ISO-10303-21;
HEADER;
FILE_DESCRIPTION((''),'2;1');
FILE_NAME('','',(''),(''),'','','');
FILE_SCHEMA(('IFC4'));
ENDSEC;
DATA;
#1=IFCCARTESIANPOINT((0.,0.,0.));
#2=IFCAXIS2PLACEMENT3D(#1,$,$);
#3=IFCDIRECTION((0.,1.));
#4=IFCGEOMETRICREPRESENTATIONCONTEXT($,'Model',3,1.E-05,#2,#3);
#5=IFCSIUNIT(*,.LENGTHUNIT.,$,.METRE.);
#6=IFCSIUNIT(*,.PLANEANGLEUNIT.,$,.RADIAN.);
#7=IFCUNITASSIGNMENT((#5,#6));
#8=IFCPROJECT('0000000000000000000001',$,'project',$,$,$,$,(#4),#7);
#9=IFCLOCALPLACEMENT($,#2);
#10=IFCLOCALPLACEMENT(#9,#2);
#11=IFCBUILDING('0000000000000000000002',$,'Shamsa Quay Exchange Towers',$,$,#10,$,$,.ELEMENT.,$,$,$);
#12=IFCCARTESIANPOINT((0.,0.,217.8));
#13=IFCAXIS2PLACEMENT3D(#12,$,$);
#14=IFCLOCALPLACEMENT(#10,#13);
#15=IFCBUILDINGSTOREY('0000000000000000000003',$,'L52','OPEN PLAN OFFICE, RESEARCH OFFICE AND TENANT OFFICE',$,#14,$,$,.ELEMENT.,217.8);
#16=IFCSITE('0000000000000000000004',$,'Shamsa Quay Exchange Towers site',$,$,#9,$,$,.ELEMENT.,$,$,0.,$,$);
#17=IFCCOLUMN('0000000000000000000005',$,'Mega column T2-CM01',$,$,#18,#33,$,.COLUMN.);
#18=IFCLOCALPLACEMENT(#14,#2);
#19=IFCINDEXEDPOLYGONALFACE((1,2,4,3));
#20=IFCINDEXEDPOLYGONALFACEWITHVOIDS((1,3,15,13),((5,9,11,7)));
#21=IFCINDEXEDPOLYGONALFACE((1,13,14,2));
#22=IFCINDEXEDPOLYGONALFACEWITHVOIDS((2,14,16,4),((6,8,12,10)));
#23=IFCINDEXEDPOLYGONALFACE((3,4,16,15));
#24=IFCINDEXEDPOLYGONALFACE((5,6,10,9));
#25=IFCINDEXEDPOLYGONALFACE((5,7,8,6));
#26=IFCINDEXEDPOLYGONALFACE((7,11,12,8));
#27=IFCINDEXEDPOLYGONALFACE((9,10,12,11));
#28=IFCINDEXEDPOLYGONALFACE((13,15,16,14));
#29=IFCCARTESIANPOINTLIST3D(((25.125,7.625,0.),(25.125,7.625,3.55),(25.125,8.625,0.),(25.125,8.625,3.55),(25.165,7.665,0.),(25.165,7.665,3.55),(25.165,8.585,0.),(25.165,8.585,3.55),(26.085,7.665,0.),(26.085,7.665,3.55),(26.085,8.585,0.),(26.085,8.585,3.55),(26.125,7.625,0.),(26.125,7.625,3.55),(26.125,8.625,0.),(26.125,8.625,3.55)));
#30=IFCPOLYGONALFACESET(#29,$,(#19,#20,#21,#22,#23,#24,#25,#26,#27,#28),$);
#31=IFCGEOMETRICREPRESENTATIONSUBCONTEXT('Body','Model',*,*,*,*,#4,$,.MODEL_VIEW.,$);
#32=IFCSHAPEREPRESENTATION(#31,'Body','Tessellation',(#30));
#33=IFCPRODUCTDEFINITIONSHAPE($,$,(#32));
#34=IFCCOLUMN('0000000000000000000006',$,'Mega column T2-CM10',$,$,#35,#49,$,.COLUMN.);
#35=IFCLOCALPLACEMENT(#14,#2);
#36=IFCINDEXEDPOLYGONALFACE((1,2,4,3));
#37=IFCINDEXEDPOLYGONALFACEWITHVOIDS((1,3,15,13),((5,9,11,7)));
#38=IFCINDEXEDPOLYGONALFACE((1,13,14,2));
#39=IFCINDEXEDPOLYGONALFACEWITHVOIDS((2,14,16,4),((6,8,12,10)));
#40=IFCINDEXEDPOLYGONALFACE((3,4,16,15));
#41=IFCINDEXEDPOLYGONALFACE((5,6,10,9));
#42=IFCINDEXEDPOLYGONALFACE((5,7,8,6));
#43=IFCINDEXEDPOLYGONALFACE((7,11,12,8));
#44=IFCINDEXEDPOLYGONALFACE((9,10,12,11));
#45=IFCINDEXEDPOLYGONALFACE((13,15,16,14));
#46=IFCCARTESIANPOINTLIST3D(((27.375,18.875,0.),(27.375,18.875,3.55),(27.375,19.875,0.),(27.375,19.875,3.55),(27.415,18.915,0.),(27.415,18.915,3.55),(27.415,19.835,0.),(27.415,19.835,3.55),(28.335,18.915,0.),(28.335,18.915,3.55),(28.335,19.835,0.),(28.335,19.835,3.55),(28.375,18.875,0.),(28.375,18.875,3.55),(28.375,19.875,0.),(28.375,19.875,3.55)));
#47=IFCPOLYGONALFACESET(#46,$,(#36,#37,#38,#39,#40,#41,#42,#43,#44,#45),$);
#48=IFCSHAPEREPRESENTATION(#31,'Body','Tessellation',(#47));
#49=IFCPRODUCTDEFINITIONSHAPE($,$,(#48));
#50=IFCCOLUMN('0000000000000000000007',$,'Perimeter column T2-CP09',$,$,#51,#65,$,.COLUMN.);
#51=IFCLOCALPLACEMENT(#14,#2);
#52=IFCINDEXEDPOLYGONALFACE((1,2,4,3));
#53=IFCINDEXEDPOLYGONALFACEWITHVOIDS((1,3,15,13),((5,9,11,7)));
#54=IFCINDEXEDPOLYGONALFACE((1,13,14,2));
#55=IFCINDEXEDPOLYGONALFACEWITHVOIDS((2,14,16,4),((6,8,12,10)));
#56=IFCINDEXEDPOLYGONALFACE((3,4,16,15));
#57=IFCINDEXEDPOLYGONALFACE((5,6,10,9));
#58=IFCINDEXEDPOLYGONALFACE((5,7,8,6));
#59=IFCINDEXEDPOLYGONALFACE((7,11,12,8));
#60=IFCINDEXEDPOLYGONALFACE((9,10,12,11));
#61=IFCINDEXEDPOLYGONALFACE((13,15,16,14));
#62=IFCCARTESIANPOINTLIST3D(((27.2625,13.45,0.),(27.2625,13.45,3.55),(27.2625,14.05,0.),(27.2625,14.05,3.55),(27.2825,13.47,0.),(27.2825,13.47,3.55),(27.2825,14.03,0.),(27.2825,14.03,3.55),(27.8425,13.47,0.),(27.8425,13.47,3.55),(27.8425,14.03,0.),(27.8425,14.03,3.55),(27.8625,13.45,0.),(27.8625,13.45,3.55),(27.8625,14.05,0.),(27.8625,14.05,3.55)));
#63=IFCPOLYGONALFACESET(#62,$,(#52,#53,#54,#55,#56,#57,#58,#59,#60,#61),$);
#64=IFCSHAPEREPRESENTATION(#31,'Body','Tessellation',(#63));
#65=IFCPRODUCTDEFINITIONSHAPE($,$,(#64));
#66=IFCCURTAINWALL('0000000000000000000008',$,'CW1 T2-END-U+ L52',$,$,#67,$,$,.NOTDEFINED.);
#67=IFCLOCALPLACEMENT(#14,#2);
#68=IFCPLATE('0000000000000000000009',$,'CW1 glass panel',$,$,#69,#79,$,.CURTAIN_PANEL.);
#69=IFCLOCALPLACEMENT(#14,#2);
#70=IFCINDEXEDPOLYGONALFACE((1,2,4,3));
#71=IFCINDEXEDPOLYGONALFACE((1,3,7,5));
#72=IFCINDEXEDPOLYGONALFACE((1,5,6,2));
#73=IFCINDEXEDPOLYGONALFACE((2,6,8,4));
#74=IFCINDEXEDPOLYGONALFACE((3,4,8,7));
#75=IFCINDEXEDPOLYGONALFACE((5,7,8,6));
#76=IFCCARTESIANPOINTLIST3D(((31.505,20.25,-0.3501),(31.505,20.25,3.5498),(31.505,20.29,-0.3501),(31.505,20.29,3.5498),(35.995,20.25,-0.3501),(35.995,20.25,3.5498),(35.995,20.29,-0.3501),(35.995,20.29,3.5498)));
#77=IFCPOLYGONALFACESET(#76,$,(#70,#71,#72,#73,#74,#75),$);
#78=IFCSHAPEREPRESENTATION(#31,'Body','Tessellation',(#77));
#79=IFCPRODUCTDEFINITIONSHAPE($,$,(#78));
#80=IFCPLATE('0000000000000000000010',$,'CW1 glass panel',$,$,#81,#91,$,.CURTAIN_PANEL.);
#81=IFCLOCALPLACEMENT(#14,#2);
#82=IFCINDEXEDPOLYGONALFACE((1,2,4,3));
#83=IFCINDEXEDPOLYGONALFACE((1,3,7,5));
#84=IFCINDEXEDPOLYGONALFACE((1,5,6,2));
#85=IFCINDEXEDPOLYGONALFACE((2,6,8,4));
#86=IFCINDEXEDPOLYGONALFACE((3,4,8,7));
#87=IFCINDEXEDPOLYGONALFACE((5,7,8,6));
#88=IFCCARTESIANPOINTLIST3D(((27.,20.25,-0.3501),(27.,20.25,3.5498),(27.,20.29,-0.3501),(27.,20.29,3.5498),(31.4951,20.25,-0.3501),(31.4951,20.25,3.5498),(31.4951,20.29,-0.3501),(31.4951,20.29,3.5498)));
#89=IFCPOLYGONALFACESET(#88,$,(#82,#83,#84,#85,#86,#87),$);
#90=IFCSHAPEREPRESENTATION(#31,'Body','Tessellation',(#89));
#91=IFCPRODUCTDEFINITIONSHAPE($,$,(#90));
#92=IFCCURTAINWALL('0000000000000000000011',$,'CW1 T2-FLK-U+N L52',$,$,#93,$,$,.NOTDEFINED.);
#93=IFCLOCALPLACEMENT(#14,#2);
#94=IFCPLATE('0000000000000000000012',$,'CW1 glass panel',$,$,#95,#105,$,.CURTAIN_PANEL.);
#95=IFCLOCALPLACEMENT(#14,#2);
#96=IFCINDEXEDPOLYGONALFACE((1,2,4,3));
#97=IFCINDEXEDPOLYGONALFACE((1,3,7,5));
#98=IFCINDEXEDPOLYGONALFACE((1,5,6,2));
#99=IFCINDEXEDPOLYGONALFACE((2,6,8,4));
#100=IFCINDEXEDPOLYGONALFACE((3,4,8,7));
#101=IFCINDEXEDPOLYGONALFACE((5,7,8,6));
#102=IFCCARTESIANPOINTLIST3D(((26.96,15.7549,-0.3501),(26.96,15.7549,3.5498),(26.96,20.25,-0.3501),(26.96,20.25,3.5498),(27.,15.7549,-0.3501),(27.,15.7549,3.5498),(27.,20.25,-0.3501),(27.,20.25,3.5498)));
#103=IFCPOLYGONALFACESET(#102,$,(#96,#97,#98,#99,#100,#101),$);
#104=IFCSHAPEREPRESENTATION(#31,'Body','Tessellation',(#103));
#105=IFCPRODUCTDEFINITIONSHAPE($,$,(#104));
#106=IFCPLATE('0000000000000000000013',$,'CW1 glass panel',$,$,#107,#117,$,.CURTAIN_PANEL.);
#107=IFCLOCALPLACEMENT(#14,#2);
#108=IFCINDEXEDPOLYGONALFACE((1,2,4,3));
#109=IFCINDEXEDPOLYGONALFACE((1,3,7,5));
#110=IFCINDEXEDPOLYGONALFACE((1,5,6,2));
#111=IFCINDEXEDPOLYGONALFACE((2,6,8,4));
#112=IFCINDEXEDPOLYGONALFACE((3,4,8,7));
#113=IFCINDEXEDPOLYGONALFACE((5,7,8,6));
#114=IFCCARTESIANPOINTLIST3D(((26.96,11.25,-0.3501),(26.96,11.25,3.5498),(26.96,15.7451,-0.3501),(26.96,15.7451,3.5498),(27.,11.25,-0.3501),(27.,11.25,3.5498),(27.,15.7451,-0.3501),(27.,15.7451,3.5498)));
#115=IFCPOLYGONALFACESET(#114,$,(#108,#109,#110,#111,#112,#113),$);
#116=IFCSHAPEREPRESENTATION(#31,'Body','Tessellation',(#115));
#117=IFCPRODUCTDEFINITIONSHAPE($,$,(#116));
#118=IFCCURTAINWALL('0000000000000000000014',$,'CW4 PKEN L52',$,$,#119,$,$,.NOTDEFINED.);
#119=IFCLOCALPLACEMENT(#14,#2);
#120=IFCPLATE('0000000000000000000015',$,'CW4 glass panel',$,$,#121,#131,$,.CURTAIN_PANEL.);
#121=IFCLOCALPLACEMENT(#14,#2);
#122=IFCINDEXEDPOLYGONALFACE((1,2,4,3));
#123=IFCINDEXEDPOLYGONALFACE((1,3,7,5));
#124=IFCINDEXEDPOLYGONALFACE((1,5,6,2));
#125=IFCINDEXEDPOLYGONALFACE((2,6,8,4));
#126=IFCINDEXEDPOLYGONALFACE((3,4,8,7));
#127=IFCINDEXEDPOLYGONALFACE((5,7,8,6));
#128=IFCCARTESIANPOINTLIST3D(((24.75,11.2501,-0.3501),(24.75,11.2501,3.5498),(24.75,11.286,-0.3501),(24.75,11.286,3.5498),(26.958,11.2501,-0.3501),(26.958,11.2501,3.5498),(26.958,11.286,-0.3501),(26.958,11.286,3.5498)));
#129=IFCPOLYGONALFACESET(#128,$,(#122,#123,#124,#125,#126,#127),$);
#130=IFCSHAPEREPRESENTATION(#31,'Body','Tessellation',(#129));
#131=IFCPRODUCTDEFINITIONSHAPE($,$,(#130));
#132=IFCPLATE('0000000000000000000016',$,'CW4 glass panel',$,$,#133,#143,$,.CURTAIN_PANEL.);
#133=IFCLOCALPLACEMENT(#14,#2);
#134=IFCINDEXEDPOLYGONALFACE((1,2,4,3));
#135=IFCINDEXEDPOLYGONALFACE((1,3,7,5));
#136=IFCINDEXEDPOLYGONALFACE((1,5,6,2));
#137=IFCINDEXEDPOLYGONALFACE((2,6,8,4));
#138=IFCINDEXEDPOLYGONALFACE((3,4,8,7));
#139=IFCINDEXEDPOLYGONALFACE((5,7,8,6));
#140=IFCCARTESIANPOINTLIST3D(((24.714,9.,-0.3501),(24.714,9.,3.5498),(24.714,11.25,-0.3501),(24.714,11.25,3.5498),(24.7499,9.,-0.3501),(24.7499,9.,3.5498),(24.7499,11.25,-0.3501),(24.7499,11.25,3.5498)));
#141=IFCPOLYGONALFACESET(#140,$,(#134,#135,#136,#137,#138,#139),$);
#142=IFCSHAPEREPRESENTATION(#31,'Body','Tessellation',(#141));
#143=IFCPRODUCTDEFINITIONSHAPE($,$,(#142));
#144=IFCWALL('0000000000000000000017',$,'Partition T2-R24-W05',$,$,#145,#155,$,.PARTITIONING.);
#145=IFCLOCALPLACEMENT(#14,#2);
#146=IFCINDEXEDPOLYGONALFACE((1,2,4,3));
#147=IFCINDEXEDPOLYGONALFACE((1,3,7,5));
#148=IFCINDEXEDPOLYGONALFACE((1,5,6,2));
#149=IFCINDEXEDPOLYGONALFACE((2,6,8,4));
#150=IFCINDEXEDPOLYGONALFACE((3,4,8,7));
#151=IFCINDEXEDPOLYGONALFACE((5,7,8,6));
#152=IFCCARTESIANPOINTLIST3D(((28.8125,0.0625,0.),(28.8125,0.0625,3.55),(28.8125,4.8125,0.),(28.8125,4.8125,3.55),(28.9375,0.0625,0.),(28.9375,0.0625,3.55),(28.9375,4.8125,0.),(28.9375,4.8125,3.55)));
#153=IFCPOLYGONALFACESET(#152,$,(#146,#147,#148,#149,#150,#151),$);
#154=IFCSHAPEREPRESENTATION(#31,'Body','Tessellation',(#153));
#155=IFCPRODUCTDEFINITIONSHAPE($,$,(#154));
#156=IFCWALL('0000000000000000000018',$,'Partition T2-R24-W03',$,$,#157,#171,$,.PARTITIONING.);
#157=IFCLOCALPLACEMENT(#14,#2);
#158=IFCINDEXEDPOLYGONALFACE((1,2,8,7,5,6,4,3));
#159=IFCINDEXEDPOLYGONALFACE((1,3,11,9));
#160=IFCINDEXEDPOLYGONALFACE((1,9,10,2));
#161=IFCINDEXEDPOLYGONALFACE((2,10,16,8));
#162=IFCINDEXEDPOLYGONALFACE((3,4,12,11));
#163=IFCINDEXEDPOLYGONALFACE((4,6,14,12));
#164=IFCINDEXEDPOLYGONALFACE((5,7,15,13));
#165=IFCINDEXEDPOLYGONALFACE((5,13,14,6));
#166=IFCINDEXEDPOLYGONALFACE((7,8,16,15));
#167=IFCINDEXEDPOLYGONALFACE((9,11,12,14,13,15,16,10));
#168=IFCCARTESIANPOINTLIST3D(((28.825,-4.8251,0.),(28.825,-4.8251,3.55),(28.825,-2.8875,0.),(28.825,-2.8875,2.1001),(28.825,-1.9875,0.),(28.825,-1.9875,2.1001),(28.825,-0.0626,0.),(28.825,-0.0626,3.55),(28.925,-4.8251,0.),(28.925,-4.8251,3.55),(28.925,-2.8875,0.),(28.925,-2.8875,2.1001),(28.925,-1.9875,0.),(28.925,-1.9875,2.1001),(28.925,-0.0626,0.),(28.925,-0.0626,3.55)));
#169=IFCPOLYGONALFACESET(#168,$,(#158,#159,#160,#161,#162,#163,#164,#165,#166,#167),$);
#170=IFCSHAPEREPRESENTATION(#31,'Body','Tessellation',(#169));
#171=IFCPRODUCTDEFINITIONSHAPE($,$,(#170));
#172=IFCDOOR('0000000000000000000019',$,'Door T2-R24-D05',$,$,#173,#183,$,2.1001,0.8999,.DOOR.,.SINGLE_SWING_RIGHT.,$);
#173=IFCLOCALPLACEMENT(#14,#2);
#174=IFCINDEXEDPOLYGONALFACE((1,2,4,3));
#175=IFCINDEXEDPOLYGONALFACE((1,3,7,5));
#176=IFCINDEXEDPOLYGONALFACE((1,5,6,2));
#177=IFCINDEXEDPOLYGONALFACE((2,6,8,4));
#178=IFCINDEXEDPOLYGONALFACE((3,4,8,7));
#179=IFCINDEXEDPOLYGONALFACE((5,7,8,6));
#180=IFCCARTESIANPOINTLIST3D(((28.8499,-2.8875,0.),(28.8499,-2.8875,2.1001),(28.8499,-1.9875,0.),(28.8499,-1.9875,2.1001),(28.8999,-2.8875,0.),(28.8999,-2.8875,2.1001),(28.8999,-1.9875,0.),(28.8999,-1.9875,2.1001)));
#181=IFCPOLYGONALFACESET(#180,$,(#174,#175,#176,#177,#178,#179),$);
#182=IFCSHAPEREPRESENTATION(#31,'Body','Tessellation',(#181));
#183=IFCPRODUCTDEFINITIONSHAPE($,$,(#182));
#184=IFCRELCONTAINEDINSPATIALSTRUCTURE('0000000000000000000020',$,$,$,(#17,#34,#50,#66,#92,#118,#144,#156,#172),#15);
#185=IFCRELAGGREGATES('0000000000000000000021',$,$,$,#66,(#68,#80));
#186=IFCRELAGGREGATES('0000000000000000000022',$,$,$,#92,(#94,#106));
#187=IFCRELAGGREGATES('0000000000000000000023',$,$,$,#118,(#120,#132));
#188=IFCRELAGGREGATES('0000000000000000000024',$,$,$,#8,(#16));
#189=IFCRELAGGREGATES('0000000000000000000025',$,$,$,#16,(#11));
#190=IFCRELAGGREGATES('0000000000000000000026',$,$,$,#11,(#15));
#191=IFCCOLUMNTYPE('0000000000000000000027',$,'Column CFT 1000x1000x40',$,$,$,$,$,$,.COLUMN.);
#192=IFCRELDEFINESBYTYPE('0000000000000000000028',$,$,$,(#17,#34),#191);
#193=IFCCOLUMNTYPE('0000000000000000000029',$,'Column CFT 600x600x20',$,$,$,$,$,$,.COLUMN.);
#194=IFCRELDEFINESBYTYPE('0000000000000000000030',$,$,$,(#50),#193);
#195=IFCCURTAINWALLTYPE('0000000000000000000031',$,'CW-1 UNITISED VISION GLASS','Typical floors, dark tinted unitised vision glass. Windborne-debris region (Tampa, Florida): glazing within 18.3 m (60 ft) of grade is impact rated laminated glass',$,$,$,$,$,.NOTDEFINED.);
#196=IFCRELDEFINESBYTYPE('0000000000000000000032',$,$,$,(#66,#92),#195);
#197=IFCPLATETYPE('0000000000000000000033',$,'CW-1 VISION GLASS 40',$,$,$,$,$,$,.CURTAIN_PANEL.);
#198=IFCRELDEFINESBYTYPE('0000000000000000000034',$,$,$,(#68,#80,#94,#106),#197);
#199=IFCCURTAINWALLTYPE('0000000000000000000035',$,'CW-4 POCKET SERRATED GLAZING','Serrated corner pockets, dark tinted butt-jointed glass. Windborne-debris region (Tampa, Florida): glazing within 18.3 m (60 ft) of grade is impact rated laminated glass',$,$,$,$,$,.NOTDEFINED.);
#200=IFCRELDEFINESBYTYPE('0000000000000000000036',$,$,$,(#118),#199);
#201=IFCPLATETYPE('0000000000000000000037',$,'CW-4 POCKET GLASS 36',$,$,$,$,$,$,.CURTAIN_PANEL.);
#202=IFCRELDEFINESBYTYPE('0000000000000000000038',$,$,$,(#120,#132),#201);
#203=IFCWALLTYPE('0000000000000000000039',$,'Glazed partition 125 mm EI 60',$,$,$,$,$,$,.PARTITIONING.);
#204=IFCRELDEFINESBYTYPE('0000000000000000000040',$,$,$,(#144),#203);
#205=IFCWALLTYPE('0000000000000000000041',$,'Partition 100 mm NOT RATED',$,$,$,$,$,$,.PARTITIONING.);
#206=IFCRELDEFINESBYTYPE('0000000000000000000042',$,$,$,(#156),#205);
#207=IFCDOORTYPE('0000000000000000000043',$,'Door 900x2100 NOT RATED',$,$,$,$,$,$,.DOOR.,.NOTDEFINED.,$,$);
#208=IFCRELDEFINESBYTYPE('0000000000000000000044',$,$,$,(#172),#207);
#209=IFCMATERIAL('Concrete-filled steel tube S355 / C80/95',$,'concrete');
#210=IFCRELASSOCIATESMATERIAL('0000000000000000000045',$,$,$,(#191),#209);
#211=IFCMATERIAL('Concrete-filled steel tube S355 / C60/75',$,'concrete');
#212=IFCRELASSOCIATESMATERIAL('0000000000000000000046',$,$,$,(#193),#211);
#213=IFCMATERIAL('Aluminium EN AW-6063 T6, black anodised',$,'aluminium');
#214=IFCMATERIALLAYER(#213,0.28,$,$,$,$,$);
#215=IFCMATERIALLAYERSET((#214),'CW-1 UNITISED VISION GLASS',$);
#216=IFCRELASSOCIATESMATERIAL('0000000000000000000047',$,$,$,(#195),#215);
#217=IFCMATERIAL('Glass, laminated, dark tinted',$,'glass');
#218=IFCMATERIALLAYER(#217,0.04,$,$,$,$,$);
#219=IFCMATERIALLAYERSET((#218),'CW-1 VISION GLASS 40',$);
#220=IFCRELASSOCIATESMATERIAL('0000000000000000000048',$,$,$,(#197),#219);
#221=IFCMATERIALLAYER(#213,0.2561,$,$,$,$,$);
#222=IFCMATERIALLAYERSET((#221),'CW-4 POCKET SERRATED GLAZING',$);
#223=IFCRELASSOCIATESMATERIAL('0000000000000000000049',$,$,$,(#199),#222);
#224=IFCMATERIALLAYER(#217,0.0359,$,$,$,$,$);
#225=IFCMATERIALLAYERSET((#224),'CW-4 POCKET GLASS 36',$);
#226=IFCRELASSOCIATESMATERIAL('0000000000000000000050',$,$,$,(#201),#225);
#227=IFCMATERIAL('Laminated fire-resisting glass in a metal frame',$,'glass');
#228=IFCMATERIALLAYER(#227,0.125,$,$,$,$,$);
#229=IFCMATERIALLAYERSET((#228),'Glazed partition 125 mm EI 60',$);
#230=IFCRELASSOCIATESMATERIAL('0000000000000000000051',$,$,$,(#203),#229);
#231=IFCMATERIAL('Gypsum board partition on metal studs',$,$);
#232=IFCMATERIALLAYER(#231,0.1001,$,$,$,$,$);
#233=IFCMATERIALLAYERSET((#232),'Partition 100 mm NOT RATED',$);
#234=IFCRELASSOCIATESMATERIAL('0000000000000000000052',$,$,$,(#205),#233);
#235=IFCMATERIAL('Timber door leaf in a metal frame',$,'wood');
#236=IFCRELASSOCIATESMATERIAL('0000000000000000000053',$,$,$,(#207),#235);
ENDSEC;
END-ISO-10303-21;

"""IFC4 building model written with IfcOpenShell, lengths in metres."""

from ifc_helpers import new_model, si_unit, direction, frame, frame_2d, origin, origin_2d, place, context, subcontext, project, spatial, rectangle, hollow_rectangle, extrude, material, layer, layer_set, material_profile, profile_set, type_object, element, fill, aggregate, save


model = new_model("IFC4")

# Units and contexts
model_context = context("Model", 3, precision=1e-05, world=origin(), true_north=direction((0.0, 1.0)))
body_context = subcontext(model_context, "Body", "Model", "MODEL_VIEW")
ifc_project = project(units=[si_unit("LENGTHUNIT", "METRE"), si_unit("PLANEANGLEUNIT", "RADIAN")], contexts=[model_context])

# Site, building, storey
site_placement = place(None, origin())
site = spatial("IfcSite", under=ifc_project, at=site_placement, Name="Shamsa Quay Exchange Towers site", CompositionType="ELEMENT", RefElevation=0.0)
building_placement = place(site_placement, origin())
building = spatial("IfcBuilding", under=site, at=building_placement, Name="Shamsa Quay Exchange Towers", CompositionType="ELEMENT")
storey_placement = place(building_placement, frame((0.0, 0.0, 217.8)))
storey = spatial("IfcBuildingStorey", under=building, at=storey_placement, Name="L52", Description="OPEN PLAN OFFICE, RESEARCH OFFICE AND TENANT OFFICE", CompositionType="ELEMENT", Elevation=217.8)

# Columns
ifc_material_1 = material(Name="Concrete-filled steel tube S355 / C80/95", Category="concrete")
ifc_material_profile_1 = material_profile(ifc_material_1, hollow_rectangle(XDim=1.0, YDim=1.0, WallThickness=0.04, at=origin_2d()), Name="CFT 1000x1000x40")
ifc_profile_set_1 = profile_set([ifc_material_profile_1], Name="Concrete-filled steel tube S355 / C80/95")
column_type_1 = type_object("IfcColumnType", Name="Column CFT 1000x1000x40", PredefinedType="COLUMN", material=ifc_profile_set_1)
for number, where, name in (
    (1, (25.625, 8.125, 0.0), "Mega column T2-CM01"),
    (2, (27.875, 19.375, 0.0), "Mega column T2-CM10"),
):
    element("IfcColumn", number, at=place(storey_placement, frame(where)), inside=storey, type_object=column_type_1, Name=name, PredefinedType="COLUMN", context=body_context, shape_type="SweptSolid", body=[
        extrude(hollow_rectangle(XDim=1.0, YDim=1.0, WallThickness=0.04, at=origin_2d()), origin(), (0.0, 0.0, 1.0), 3.55),
    ])
ifc_material_2 = material(Name="Concrete-filled steel tube S355 / C60/75", Category="concrete")
ifc_material_profile_2 = material_profile(ifc_material_2, hollow_rectangle(XDim=0.6001, YDim=0.6001, WallThickness=0.02, at=origin_2d()), Name="CFT 600x600x20")
ifc_profile_set_2 = profile_set([ifc_material_profile_2], Name="Concrete-filled steel tube S355 / C60/75")
column_type_2 = type_object("IfcColumnType", Name="Column CFT 600x600x20", PredefinedType="COLUMN", material=ifc_profile_set_2)
column_placement = place(storey_placement, frame((27.5625, 13.75, 0.0)))
element("IfcColumn", 3, at=column_placement, inside=storey, type_object=column_type_2, Name="Perimeter column T2-CP09", PredefinedType="COLUMN", context=body_context, shape_type="SweptSolid", body=[
    extrude(hollow_rectangle(XDim=0.6001, YDim=0.6001, WallThickness=0.02, at=origin_2d()), origin(), (0.0, 0.0, 1.0), 3.55),
])

# Curtain walls, plates
ifc_material_3 = material(Name="Aluminium EN AW-6063 T6, black anodised", Category="aluminium")
ifc_layer_1 = layer(ifc_material_3, 0.28)
ifc_layer_set_1 = layer_set([ifc_layer_1], Name="CW-1 UNITISED VISION GLASS")
curtain_wall_type_1 = type_object("IfcCurtainWallType", Name="CW-1 UNITISED VISION GLASS", Description="Typical floors, dark tinted unitised vision glass. Windborne-debris region (Tampa, Florida): glazing within 18.3 m (60 ft) of grade is impact rated laminated glass", PredefinedType="NOTDEFINED", material=ifc_layer_set_1)
curtain_wall_1_placement = place(storey_placement, origin())
curtain_wall_1 = element("IfcCurtainWall", 4, at=curtain_wall_1_placement, inside=storey, type_object=curtain_wall_type_1, Name="CW1 T2-END-U+ L52", PredefinedType="NOTDEFINED")
ifc_material_4 = material(Name="Glass, laminated, dark tinted", Category="glass")
ifc_layer_2 = layer(ifc_material_4, 0.04)
ifc_layer_set_2 = layer_set([ifc_layer_2], Name="CW-1 VISION GLASS 40")
plate_type_1 = type_object("IfcPlateType", Name="CW-1 VISION GLASS 40", PredefinedType="CURTAIN_PANEL", material=ifc_layer_set_2)
plate_1_placement = place(storey_placement, frame((33.75, 20.27, -0.3501), z_axis=(0.0, 0.0, 1.0), x_axis=(-1.0, 0.0, 0.0)))
plate_1 = element("IfcPlate", 5, at=plate_1_placement, type_object=plate_type_1, Name="CW1 glass panel", PredefinedType="CURTAIN_PANEL", context=body_context, shape_type="SweptSolid", body=[
    extrude(rectangle(XDim=4.49, YDim=0.04, at=origin_2d()), origin(), (0.0, 0.0, 1.0), 3.8999),
])
plate_2_placement = place(storey_placement, frame((29.2476, 20.27, -0.3501), z_axis=(0.0, 0.0, 1.0), x_axis=(-1.0, 0.0, 0.0)))
plate_2 = element("IfcPlate", 6, at=plate_2_placement, type_object=plate_type_1, Name="CW1 glass panel", PredefinedType="CURTAIN_PANEL", context=body_context, shape_type="SweptSolid", body=[
    extrude(rectangle(XDim=4.4951, YDim=0.04, at=origin_2d()), origin(), (0.0, 0.0, 1.0), 3.8999),
])
aggregate(curtain_wall_1, [plate_1, plate_2])
curtain_wall_2_placement = place(storey_placement, origin())
curtain_wall_2 = element("IfcCurtainWall", 7, at=curtain_wall_2_placement, inside=storey, type_object=curtain_wall_type_1, Name="CW1 T2-FLK-U+N L52", PredefinedType="NOTDEFINED")
plate_3_placement = place(storey_placement, frame((26.98, 18.0024, -0.3501), z_axis=(0.0, 0.0, 1.0), x_axis=(0.0, -1.0, 0.0)))
plate_3 = element("IfcPlate", 8, at=plate_3_placement, type_object=plate_type_1, Name="CW1 glass panel", PredefinedType="CURTAIN_PANEL", context=body_context, shape_type="SweptSolid", body=[
    extrude(rectangle(XDim=4.4951, YDim=0.04, at=origin_2d()), origin(), (0.0, 0.0, 1.0), 3.8999),
])
plate_4_placement = place(storey_placement, frame((26.98, 13.4976, -0.3501), z_axis=(0.0, 0.0, 1.0), x_axis=(0.0, -1.0, 0.0)))
plate_4 = element("IfcPlate", 9, at=plate_4_placement, type_object=plate_type_1, Name="CW1 glass panel", PredefinedType="CURTAIN_PANEL", context=body_context, shape_type="SweptSolid", body=[
    extrude(rectangle(XDim=4.4951, YDim=0.04, at=origin_2d()), origin(), (0.0, 0.0, 1.0), 3.8999),
])
aggregate(curtain_wall_2, [plate_3, plate_4])
ifc_layer_3 = layer(ifc_material_3, 0.2561)
ifc_layer_set_3 = layer_set([ifc_layer_3], Name="CW-4 POCKET SERRATED GLAZING")
curtain_wall_type_2 = type_object("IfcCurtainWallType", Name="CW-4 POCKET SERRATED GLAZING", Description="Serrated corner pockets, dark tinted butt-jointed glass. Windborne-debris region (Tampa, Florida): glazing within 18.3 m (60 ft) of grade is impact rated laminated glass", PredefinedType="NOTDEFINED", material=ifc_layer_set_3)
curtain_wall_3_placement = place(storey_placement, origin())
curtain_wall_3 = element("IfcCurtainWall", 10, at=curtain_wall_3_placement, inside=storey, type_object=curtain_wall_type_2, Name="CW4 PKEN L52", PredefinedType="NOTDEFINED")
ifc_layer_4 = layer(ifc_material_4, 0.0359)
ifc_layer_set_4 = layer_set([ifc_layer_4], Name="CW-4 POCKET GLASS 36")
plate_type_2 = type_object("IfcPlateType", Name="CW-4 POCKET GLASS 36", PredefinedType="CURTAIN_PANEL", material=ifc_layer_set_4)
plate_5_placement = place(storey_placement, frame((25.854, 11.2681, -0.3501), z_axis=(0.0, 0.0, 1.0), x_axis=(-1.0, 0.0, 0.0)))
plate_5 = element("IfcPlate", 11, at=plate_5_placement, type_object=plate_type_2, Name="CW4 glass panel", PredefinedType="CURTAIN_PANEL", context=body_context, shape_type="SweptSolid", body=[
    extrude(rectangle(XDim=2.208, YDim=0.0359, at=origin_2d()), origin(), (0.0, 0.0, 1.0), 3.8999),
])
plate_6_placement = place(storey_placement, frame((24.7319, 10.125, -0.3501), z_axis=(0.0, 0.0, 1.0), x_axis=(0.0, -1.0, 0.0)))
plate_6 = element("IfcPlate", 12, at=plate_6_placement, type_object=plate_type_2, Name="CW4 glass panel", PredefinedType="CURTAIN_PANEL", context=body_context, shape_type="SweptSolid", body=[
    extrude(rectangle(XDim=2.25, YDim=0.0359, at=origin_2d()), origin(), (0.0, 0.0, 1.0), 3.8999),
])
aggregate(curtain_wall_3, [plate_5, plate_6])

# Wall
ifc_material_5 = material(Name="Laminated fire-resisting glass in a metal frame", Category="glass")
ifc_layer_5 = layer(ifc_material_5, 0.125)
ifc_layer_set_5 = layer_set([ifc_layer_5], Name="Glazed partition 125 mm EI 60")
wall_type_1 = type_object("IfcWallType", Name="Glazed partition 125 mm EI 60", PredefinedType="PARTITIONING", material=ifc_layer_set_5)
wall_1_placement = place(storey_placement, frame((28.875, 4.8125, 0.0), z_axis=(0.0, 0.0, 1.0), x_axis=(0.0, -1.0, 0.0)))
element("IfcWall", 13, at=wall_1_placement, inside=storey, type_object=wall_type_1, Name="Partition T2-R24-W05", PredefinedType="PARTITIONING", context=body_context, shape_type="SweptSolid", body=[
    extrude(rectangle(XDim=4.75, YDim=0.125, at=frame_2d((2.375, 0.0))), origin(), (0.0, 0.0, 1.0), 3.55),
])

# Wall, opening, door
ifc_material_6 = material(Name="Gypsum board partition on metal studs")
ifc_layer_6 = layer(ifc_material_6, 0.1001)
ifc_layer_set_6 = layer_set([ifc_layer_6], Name="Partition 100 mm NOT RATED")
wall_type_2 = type_object("IfcWallType", Name="Partition 100 mm NOT RATED", PredefinedType="PARTITIONING", material=ifc_layer_set_6)
wall_2_placement = place(storey_placement, frame((28.875, -0.0625, 0.0), z_axis=(0.0, 0.0, 1.0), x_axis=(0.0, -1.0, 0.0)))
wall_2 = element("IfcWall", 14, at=wall_2_placement, inside=storey, type_object=wall_type_2, Name="Partition T2-R24-W03", PredefinedType="PARTITIONING", context=body_context, shape_type="SweptSolid", body=[
    extrude(rectangle(XDim=4.7625, YDim=0.1001, at=frame_2d((2.3813, 0.0))), origin(), (0.0, 0.0, 1.0), 3.55),
])
opening_1_placement = place(wall_2_placement, frame((1.925, 0.0, 0.0)))
opening_1 = element("IfcOpeningElement", 15, at=opening_1_placement, cuts=wall_2, PredefinedType="OPENING", context=body_context, shape_type="SweptSolid", body=[
    extrude(rectangle(XDim=0.8999, YDim=2.1001, at=frame_2d((0.45, 1.05))), frame((0.0, 0.0601, 0.0), z_axis=(0.0, -1.0, 0.0), x_axis=(1.0, 0.0, 0.0)), (0.0, 0.0, 1.0), 0.1201),
])
ifc_material_7 = material(Name="Timber door leaf in a metal frame", Category="wood")
door_type_1 = type_object("IfcDoorType", Name="Door 900x2100 NOT RATED", OperationType="NOTDEFINED", PredefinedType="DOOR", material=ifc_material_7)
door_1_placement = place(opening_1_placement, origin())
door_1 = element("IfcDoor", 16, at=door_1_placement, inside=storey, type_object=door_type_1, Name="Door T2-R24-D05", OperationType="SINGLE_SWING_RIGHT", OverallHeight=2.1001, OverallWidth=0.8999, PredefinedType="DOOR", context=body_context, shape_type="SweptSolid", body=[
    extrude(rectangle(XDim=0.8999, YDim=2.1001, at=frame_2d((0.45, 1.05))), frame((0.0, 0.0249, 0.0), z_axis=(0.0, -1.0, 0.0), x_axis=(1.0, 0.0, 0.0)), (0.0, 0.0, 1.0), 0.05),
])
fill(opening_1, door_1)

save(model, "model.ifc")
